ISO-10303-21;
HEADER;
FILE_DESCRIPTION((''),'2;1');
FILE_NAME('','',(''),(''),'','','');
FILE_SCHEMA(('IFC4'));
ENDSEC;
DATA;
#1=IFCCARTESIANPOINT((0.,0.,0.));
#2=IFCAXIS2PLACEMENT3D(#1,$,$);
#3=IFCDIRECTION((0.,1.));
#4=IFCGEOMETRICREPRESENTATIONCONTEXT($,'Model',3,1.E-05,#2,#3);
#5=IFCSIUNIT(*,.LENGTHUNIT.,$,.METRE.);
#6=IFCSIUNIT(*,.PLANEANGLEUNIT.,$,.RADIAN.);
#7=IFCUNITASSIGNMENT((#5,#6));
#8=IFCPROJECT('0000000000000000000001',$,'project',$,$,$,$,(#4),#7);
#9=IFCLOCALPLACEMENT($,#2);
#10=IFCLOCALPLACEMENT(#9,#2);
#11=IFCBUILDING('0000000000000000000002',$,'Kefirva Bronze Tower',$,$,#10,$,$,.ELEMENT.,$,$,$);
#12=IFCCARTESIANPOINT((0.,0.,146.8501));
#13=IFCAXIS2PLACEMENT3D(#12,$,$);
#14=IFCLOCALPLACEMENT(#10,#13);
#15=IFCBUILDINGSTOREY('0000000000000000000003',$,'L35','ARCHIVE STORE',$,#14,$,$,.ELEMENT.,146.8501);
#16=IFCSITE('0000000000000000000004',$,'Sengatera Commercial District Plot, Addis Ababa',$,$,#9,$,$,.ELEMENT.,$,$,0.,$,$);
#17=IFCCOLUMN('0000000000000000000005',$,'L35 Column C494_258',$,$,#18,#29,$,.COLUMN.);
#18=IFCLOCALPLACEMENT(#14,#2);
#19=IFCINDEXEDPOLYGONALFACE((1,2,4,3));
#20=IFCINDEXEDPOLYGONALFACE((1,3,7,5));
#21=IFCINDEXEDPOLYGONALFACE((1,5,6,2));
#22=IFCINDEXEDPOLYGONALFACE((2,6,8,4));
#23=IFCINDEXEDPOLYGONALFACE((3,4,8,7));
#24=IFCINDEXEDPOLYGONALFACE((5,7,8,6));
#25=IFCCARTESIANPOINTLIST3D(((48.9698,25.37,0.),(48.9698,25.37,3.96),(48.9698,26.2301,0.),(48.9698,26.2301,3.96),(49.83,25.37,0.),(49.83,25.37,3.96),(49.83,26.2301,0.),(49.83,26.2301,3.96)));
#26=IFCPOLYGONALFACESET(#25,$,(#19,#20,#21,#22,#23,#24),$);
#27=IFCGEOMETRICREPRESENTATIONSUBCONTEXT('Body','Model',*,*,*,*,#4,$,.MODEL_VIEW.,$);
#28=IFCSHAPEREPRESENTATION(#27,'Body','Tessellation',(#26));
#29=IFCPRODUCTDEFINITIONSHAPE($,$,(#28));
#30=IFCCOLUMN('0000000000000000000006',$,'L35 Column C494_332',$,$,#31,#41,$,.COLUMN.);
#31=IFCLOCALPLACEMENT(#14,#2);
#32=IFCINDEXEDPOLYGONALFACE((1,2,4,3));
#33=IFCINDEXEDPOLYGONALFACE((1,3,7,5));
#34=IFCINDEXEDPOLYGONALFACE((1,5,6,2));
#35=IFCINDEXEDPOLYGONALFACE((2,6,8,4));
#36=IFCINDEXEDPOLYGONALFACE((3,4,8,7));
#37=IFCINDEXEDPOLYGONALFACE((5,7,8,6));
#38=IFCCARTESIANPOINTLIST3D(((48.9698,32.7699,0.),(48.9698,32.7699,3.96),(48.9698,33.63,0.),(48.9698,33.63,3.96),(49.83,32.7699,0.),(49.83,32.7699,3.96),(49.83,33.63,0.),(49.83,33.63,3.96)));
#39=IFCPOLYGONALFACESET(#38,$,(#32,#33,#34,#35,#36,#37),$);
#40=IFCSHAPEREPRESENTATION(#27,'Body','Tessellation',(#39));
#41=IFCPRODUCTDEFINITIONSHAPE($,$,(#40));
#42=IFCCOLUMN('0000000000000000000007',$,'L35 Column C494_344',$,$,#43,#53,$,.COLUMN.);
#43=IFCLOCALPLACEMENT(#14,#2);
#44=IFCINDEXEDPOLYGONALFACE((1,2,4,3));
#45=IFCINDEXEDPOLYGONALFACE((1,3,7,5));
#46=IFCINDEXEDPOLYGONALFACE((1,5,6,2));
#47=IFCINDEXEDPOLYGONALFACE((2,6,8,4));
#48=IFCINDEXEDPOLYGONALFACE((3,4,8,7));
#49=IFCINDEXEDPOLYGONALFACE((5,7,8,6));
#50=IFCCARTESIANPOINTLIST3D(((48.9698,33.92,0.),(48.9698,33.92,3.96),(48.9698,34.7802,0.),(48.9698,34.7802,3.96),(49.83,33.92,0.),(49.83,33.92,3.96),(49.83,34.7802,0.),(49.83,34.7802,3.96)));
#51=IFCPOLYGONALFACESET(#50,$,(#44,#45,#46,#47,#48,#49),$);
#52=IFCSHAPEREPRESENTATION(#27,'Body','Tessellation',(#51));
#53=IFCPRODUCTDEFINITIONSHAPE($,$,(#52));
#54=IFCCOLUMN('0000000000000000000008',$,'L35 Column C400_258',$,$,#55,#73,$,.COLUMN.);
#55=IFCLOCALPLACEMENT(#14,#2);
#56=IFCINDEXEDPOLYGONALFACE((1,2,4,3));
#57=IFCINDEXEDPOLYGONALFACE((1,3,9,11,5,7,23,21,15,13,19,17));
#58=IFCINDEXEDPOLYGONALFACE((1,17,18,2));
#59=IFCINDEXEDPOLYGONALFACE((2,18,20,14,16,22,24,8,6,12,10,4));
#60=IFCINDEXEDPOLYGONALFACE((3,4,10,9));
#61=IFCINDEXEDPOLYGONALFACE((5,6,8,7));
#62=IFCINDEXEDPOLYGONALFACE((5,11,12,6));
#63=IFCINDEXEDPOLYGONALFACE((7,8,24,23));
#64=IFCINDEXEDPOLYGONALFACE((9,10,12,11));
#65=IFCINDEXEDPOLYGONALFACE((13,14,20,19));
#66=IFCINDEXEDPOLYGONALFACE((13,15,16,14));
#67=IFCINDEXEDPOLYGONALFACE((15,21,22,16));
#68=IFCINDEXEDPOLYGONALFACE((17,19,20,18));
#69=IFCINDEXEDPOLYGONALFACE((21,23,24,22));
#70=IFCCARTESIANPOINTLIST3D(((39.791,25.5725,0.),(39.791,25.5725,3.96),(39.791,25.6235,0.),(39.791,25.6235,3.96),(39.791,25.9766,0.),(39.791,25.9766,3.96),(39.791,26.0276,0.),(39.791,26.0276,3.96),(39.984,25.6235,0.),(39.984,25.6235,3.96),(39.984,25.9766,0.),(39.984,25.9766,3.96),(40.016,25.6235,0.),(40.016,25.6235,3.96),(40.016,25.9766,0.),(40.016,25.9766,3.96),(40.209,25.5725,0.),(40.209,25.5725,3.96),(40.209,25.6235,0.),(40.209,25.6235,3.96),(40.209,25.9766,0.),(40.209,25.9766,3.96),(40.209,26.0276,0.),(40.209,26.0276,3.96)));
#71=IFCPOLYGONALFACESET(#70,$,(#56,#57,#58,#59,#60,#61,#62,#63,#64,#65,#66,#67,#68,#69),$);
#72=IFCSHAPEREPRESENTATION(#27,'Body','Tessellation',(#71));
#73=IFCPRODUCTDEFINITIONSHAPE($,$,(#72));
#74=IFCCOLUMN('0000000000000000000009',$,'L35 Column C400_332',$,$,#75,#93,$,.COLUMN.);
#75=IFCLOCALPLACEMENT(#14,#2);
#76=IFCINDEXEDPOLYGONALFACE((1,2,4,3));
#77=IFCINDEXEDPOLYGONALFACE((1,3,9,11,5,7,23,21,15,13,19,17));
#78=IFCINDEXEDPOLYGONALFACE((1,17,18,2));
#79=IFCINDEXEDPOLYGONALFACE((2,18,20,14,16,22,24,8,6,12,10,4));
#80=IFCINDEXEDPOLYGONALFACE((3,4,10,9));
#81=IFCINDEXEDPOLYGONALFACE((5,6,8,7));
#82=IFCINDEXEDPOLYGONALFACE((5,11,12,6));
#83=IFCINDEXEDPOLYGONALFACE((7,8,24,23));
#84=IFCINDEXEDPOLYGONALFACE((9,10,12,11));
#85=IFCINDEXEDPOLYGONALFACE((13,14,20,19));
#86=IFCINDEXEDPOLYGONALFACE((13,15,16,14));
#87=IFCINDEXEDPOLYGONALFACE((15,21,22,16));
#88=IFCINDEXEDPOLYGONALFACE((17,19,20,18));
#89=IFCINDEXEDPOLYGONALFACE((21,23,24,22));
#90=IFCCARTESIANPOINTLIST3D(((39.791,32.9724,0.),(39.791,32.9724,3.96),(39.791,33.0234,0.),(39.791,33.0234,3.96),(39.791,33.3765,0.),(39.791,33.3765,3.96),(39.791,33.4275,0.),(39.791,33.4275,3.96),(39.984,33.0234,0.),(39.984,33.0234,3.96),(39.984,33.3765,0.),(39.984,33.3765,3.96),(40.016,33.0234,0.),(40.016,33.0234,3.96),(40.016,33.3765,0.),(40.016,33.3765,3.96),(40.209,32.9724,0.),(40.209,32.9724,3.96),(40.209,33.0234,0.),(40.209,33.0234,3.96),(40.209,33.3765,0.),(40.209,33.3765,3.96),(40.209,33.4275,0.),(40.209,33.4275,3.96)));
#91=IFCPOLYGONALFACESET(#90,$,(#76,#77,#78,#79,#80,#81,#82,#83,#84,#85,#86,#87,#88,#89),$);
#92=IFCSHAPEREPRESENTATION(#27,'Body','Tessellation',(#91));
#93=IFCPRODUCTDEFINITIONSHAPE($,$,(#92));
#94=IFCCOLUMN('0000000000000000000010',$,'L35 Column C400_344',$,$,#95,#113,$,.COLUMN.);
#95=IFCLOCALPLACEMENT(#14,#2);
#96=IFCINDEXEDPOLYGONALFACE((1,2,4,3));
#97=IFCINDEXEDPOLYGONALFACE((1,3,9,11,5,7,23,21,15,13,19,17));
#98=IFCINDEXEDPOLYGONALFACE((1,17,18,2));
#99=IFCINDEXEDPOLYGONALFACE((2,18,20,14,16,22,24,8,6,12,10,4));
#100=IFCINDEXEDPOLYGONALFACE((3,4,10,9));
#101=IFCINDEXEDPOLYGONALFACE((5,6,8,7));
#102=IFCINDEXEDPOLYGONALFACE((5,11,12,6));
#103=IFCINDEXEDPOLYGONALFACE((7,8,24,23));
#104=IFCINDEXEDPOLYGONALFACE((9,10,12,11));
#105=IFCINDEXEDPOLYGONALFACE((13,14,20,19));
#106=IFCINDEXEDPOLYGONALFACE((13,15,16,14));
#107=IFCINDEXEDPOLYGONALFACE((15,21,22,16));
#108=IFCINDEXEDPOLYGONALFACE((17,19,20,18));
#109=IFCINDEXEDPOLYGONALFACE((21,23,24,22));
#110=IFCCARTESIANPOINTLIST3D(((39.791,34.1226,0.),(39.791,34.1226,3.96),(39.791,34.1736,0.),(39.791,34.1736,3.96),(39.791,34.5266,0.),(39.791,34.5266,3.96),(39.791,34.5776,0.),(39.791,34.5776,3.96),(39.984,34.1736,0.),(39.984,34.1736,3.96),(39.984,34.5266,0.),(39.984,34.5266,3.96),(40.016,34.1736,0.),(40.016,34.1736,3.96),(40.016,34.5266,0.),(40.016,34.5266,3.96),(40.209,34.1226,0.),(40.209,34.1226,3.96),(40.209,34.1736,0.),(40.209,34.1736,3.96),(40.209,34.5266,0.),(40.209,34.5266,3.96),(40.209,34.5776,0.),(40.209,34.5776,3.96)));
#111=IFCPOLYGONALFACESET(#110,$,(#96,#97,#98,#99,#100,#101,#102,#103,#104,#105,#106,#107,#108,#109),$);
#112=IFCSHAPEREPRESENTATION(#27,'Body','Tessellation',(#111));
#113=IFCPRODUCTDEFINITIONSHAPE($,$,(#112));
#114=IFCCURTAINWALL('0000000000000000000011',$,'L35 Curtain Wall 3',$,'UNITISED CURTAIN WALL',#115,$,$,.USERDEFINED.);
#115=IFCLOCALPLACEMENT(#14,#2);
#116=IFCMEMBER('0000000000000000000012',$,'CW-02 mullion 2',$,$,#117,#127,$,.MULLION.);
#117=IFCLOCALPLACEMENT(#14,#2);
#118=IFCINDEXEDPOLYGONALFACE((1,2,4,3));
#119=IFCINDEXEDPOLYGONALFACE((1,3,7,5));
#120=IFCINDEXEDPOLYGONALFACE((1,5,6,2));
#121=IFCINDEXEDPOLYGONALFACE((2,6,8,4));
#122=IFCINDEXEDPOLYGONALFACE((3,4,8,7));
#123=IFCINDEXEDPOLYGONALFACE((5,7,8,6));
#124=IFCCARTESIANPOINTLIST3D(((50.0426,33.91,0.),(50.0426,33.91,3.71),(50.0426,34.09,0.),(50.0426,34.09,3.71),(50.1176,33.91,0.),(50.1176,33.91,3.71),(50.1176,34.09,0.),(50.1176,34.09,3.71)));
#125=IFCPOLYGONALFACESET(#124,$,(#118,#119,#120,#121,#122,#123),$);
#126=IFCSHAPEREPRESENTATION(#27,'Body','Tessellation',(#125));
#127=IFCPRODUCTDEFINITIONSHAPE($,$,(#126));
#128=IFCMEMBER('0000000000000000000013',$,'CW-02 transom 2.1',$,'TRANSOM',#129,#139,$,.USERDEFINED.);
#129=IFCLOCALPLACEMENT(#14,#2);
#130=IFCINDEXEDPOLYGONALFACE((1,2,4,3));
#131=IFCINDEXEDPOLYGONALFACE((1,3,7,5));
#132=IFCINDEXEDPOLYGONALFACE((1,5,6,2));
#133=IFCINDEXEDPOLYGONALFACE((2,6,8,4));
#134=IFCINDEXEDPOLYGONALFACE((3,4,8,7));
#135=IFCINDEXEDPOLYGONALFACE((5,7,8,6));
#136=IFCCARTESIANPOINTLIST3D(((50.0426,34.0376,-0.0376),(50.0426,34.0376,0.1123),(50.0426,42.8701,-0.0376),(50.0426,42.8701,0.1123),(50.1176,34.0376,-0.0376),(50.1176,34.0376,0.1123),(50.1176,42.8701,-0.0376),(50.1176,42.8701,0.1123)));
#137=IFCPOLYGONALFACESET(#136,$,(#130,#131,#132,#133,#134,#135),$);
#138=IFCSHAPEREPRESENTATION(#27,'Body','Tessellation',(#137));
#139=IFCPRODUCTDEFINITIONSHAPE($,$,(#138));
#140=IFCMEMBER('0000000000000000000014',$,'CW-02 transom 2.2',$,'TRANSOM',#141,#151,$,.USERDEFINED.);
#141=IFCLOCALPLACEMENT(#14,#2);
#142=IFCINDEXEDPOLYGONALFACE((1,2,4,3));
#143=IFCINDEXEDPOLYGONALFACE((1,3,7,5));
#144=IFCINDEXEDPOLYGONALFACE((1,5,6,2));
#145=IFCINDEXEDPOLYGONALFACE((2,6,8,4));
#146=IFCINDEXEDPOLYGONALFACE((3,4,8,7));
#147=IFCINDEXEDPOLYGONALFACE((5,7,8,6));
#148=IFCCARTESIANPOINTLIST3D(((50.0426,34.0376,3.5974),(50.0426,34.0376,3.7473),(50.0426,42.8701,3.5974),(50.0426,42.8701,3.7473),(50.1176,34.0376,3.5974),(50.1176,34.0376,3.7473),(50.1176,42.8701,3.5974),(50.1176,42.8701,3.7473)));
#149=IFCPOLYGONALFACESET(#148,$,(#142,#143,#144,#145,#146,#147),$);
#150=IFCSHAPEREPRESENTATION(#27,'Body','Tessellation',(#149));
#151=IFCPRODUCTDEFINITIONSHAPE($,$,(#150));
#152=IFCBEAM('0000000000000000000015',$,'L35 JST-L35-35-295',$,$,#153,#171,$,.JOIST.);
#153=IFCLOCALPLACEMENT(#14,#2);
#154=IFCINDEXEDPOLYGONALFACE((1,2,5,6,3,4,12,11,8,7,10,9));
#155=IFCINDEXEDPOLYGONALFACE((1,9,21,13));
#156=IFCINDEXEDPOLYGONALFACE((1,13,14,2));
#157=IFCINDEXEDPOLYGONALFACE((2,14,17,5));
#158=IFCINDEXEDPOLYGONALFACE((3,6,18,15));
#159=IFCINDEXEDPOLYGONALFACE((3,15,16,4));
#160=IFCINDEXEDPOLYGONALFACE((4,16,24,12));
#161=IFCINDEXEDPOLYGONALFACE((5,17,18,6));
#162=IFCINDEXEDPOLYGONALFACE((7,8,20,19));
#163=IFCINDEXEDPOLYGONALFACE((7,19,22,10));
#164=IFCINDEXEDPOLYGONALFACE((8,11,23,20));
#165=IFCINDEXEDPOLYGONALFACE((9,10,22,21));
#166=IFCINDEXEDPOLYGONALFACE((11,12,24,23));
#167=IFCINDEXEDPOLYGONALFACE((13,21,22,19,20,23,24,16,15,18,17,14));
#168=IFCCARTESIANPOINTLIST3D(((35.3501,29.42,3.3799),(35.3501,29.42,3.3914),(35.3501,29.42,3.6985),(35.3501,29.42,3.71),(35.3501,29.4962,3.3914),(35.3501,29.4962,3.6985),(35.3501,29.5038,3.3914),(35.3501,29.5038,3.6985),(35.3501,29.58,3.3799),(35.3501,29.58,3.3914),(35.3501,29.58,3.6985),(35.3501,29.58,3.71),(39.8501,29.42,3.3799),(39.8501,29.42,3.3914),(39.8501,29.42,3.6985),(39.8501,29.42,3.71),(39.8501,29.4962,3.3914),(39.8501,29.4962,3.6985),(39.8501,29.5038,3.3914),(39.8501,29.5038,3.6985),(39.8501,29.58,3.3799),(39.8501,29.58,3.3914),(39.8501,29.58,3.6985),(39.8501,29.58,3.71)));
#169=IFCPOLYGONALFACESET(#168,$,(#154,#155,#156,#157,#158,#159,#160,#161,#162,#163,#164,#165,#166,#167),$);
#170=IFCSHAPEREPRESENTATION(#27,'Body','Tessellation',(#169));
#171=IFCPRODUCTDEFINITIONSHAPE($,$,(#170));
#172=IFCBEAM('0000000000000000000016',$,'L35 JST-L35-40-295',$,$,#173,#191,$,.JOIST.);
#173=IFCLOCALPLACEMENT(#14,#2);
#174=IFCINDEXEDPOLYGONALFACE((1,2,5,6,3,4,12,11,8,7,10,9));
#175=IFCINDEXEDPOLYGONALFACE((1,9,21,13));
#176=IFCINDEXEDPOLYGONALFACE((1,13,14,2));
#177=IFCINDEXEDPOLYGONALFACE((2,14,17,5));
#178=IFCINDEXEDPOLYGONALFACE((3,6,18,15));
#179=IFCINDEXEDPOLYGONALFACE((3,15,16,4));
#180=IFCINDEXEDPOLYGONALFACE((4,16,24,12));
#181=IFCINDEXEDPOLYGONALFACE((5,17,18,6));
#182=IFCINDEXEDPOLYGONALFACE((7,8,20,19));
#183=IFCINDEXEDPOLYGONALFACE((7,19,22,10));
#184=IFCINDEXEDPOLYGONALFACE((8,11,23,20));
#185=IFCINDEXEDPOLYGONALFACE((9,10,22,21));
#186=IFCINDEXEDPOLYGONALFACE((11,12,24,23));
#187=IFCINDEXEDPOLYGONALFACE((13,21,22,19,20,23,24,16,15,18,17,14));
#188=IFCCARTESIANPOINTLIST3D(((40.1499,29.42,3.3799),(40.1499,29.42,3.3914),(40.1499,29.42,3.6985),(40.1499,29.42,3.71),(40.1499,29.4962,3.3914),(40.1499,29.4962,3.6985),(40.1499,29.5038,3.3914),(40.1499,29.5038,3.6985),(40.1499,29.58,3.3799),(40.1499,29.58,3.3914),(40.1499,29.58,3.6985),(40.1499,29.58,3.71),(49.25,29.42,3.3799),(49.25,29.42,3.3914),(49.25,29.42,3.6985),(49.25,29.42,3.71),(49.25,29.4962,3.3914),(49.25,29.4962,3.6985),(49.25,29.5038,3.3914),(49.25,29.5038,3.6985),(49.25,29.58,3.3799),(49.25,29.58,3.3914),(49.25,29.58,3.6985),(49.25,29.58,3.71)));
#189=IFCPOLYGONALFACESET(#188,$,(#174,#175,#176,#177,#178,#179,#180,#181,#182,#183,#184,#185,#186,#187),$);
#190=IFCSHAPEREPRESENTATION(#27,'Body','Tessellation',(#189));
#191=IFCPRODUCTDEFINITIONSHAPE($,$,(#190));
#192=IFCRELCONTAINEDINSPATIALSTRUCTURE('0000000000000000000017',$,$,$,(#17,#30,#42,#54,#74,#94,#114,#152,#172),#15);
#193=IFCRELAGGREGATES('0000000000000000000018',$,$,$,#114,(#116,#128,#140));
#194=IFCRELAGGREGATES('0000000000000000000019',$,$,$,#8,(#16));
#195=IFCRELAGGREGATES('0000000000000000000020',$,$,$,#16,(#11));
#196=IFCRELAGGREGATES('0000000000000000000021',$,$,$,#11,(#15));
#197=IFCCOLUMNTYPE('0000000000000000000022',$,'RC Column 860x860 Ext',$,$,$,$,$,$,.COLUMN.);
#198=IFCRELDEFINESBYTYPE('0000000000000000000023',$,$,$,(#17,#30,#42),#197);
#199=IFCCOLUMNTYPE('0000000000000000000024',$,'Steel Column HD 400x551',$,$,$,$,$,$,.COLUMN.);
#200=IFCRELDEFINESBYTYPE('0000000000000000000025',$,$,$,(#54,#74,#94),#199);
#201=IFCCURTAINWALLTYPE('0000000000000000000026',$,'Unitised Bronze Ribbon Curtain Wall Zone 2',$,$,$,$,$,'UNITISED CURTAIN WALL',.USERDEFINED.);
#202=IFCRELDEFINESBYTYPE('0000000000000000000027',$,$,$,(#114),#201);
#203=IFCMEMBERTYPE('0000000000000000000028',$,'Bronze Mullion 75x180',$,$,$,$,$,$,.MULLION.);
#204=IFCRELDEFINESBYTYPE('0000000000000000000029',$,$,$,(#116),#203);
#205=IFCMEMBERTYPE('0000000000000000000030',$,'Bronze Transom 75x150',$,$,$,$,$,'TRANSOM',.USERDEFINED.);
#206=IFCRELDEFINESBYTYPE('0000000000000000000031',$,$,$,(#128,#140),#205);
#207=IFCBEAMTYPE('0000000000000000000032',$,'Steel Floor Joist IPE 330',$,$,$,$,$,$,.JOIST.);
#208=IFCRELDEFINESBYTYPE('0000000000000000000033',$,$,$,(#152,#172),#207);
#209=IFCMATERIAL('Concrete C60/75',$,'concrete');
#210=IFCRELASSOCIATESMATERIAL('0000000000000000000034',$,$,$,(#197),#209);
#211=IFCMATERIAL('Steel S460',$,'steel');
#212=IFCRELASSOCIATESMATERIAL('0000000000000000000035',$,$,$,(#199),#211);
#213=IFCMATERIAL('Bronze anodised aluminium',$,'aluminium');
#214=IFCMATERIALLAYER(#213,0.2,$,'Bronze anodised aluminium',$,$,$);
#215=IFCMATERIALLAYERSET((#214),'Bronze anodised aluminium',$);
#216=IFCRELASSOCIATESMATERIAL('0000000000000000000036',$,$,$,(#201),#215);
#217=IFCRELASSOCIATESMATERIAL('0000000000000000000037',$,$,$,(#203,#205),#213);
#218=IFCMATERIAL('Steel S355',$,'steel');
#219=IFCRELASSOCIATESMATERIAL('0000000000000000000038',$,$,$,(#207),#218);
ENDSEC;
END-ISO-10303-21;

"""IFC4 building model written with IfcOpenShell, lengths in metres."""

from ifc_helpers import new_model, si_unit, direction, frame, origin, origin_2d, place, context, subcontext, project, spatial, rectangle, i_section, extrude, material, layer, layer_set, material_profile, profile_set, type_object, element, aggregate, save


model = new_model("IFC4")

# Units and contexts
model_context = context("Model", 3, precision=1e-05, world=origin(), true_north=direction((0.0, 1.0)))
body_context = subcontext(model_context, "Body", "Model", "MODEL_VIEW")
ifc_project = project(units=[si_unit("LENGTHUNIT", "METRE"), si_unit("PLANEANGLEUNIT", "RADIAN")], contexts=[model_context])

# Site, building, storey
site_placement = place(None, origin())
site = spatial("IfcSite", under=ifc_project, at=site_placement, Name="Sengatera Commercial District Plot, Addis Ababa", CompositionType="ELEMENT", RefElevation=0.0)
building_placement = place(site_placement, origin())
building = spatial("IfcBuilding", under=site, at=building_placement, Name="Kefirva Bronze Tower", CompositionType="ELEMENT")
storey_placement = place(building_placement, frame((0.0, 0.0, 146.8501)))
storey = spatial("IfcBuildingStorey", under=building, at=storey_placement, Name="L35", Description="ARCHIVE STORE", CompositionType="ELEMENT", Elevation=146.8501)

# Columns
ifc_material_1 = material(Name="Concrete C60/75", Category="concrete")
ifc_material_profile_1 = material_profile(ifc_material_1, rectangle(XDim=0.8601, YDim=0.8601, at=origin_2d()), Name="RC 860x860")
ifc_profile_set_1 = profile_set([ifc_material_profile_1], Name="Concrete C60/75")
column_type_1 = type_object("IfcColumnType", Name="RC Column 860x860 Ext", PredefinedType="COLUMN", material=ifc_profile_set_1)
for number, where, z_axis, x_axis, name in (
    (1, (49.3999, 25.8, 0.0), (0.0, 0.0, 1.0), (1.0, 0.0, 0.0), "L35 Column C494_258"),
    (2, (49.3999, 33.2, 0.0), (0.0, 0.0, 1.0), (1.0, 0.0, 0.0), "L35 Column C494_332"),
    (3, (49.3999, 34.3501, 0.0), (0.0, 0.0, 1.0), (1.0, 0.0, 0.0), "L35 Column C494_344"),
):
    element("IfcColumn", number, at=place(storey_placement, frame(where, z_axis=z_axis, x_axis=x_axis)), inside=storey, type_object=column_type_1, Name=name, PredefinedType="COLUMN", context=body_context, shape_type="SweptSolid", body=[
        extrude(rectangle(XDim=0.8601, YDim=0.8601, at=origin_2d()), origin(), (0.0, 0.0, 1.0), 3.96),
    ])
ifc_material_2 = material(Name="Steel S460", Category="steel")
ifc_material_profile_2 = material_profile(ifc_material_2, i_section(OverallWidth=0.418, OverallDepth=0.4551, WebThickness=0.032, FlangeThickness=0.051, at=origin_2d()), Name="HD 400x551")
ifc_profile_set_2 = profile_set([ifc_material_profile_2], Name="Steel S460")
column_type_2 = type_object("IfcColumnType", Name="Steel Column HD 400x551", PredefinedType="COLUMN", material=ifc_profile_set_2)
for number, where, z_axis, x_axis, name in (
    (4, (40.0, 25.8, 0.0), (0.0, 0.0, 1.0), (1.0, 0.0, 0.0), "L35 Column C400_258"),
    (5, (40.0, 33.2, 0.0), (0.0, 0.0, 1.0), (1.0, 0.0, 0.0), "L35 Column C400_332"),
    (6, (40.0, 34.3501, 0.0), (0.0, 0.0, 1.0), (1.0, 0.0, 0.0), "L35 Column C400_344"),
):
    element("IfcColumn", number, at=place(storey_placement, frame(where, z_axis=z_axis, x_axis=x_axis)), inside=storey, type_object=column_type_2, Name=name, PredefinedType="COLUMN", context=body_context, shape_type="SweptSolid", body=[
        extrude(i_section(OverallWidth=0.418, OverallDepth=0.4551, WebThickness=0.032, FlangeThickness=0.051, at=origin_2d()), origin(), (0.0, 0.0, 1.0), 3.96),
    ])

# Curtain wall, members
ifc_material_3 = material(Name="Bronze anodised aluminium", Category="aluminium")
ifc_layer_1 = layer(ifc_material_3, 0.2, Name="Bronze anodised aluminium")
ifc_layer_set_1 = layer_set([ifc_layer_1], Name="Bronze anodised aluminium")
curtain_wall_type = type_object("IfcCurtainWallType", Name="Unitised Bronze Ribbon Curtain Wall Zone 2", ElementType="UNITISED CURTAIN WALL", PredefinedType="USERDEFINED", material=ifc_layer_set_1)
curtain_wall_placement = place(storey_placement, origin())
curtain_wall = element("IfcCurtainWall", 7, at=curtain_wall_placement, inside=storey, type_object=curtain_wall_type, Name="L35 Curtain Wall 3", ObjectType="UNITISED CURTAIN WALL", PredefinedType="USERDEFINED")
ifc_material_profile_3 = material_profile(ifc_material_3, rectangle(XDim=0.075, YDim=0.1799, at=origin_2d()), Name="ALU 75x180")
ifc_profile_set_3 = profile_set([ifc_material_profile_3], Name="Bronze anodised aluminium")
member_type_1 = type_object("IfcMemberType", Name="Bronze Mullion 75x180", PredefinedType="MULLION", material=ifc_profile_set_3)
member_1_placement = place(storey_placement, frame((50.0801, 34.0, 0.0), z_axis=(0.0, 0.0, 1.0), x_axis=(-1.0, 0.0, 0.0)))
member_1 = element("IfcMember", 8, at=member_1_placement, type_object=member_type_1, Name="CW-02 mullion 2", PredefinedType="MULLION", context=body_context, shape_type="SweptSolid", body=[
    extrude(rectangle(XDim=0.075, YDim=0.1799, at=origin_2d()), origin(), (0.0, 0.0, 1.0), 3.71),
])
ifc_material_profile_4 = material_profile(ifc_material_3, rectangle(XDim=0.075, YDim=0.1499, at=origin_2d()), Name="ALU 75x150")
ifc_profile_set_4 = profile_set([ifc_material_profile_4], Name="Bronze anodised aluminium")
member_type_2 = type_object("IfcMemberType", Name="Bronze Transom 75x150", ElementType="TRANSOM", PredefinedType="USERDEFINED", material=ifc_profile_set_4)
member_2_placement = place(storey_placement, frame((50.0801, 34.0376, 0.0374), z_axis=(0.0, 1.0, 0.0), x_axis=(-1.0, 0.0, 0.0)))
member_2 = element("IfcMember", 9, at=member_2_placement, type_object=member_type_2, Name="CW-02 transom 2.1", ObjectType="TRANSOM", PredefinedType="USERDEFINED", context=body_context, shape_type="SweptSolid", body=[
    extrude(rectangle(XDim=0.075, YDim=0.1499, at=origin_2d()), origin(), (0.0, 0.0, 1.0), 8.8325),
])
member_3_placement = place(storey_placement, frame((50.0801, 34.0376, 3.6724), z_axis=(0.0, 1.0, 0.0), x_axis=(-1.0, 0.0, 0.0)))
member_3 = element("IfcMember", 10, at=member_3_placement, type_object=member_type_2, Name="CW-02 transom 2.2", ObjectType="TRANSOM", PredefinedType="USERDEFINED", context=body_context, shape_type="SweptSolid", body=[
    extrude(rectangle(XDim=0.075, YDim=0.1499, at=origin_2d()), origin(), (0.0, 0.0, 1.0), 8.8325),
])

# Beams
ifc_material_4 = material(Name="Steel S355", Category="steel")
ifc_material_profile_5 = material_profile(ifc_material_4, i_section(OverallWidth=0.1599, OverallDepth=0.3301, WebThickness=0.0076, FlangeThickness=0.0115, at=origin_2d()), Name="IPE 330")
ifc_profile_set_5 = profile_set([ifc_material_profile_5], Name="Steel S355")
beam_type_1 = type_object("IfcBeamType", Name="Steel Floor Joist IPE 330", PredefinedType="JOIST", material=ifc_profile_set_5)
beam_1_placement = place(storey_placement, frame((35.3501, 29.5, 3.5449), z_axis=(1.0, 0.0, 0.0), x_axis=(0.0, 1.0, 0.0)))
element("IfcBeam", 11, at=beam_1_placement, inside=storey, type_object=beam_type_1, Name="L35 JST-L35-35-295", PredefinedType="JOIST", context=body_context, shape_type="SweptSolid", body=[
    extrude(i_section(OverallWidth=0.1599, OverallDepth=0.3301, WebThickness=0.0076, FlangeThickness=0.0115, at=origin_2d()), origin(), (0.0, 0.0, 1.0), 4.5),
])
beam_2_placement = place(storey_placement, frame((40.1499, 29.5, 3.5449), z_axis=(1.0, 0.0, 0.0), x_axis=(0.0, 1.0, 0.0)))
element("IfcBeam", 12, at=beam_2_placement, inside=storey, type_object=beam_type_1, Name="L35 JST-L35-40-295", PredefinedType="JOIST", context=body_context, shape_type="SweptSolid", body=[
    extrude(i_section(OverallWidth=0.1599, OverallDepth=0.3301, WebThickness=0.0076, FlangeThickness=0.0115, at=origin_2d()), origin(), (0.0, 0.0, 1.0), 9.1001),
])

aggregate(curtain_wall, [member_1, member_2, member_3])

save(model, "model.ifc")
